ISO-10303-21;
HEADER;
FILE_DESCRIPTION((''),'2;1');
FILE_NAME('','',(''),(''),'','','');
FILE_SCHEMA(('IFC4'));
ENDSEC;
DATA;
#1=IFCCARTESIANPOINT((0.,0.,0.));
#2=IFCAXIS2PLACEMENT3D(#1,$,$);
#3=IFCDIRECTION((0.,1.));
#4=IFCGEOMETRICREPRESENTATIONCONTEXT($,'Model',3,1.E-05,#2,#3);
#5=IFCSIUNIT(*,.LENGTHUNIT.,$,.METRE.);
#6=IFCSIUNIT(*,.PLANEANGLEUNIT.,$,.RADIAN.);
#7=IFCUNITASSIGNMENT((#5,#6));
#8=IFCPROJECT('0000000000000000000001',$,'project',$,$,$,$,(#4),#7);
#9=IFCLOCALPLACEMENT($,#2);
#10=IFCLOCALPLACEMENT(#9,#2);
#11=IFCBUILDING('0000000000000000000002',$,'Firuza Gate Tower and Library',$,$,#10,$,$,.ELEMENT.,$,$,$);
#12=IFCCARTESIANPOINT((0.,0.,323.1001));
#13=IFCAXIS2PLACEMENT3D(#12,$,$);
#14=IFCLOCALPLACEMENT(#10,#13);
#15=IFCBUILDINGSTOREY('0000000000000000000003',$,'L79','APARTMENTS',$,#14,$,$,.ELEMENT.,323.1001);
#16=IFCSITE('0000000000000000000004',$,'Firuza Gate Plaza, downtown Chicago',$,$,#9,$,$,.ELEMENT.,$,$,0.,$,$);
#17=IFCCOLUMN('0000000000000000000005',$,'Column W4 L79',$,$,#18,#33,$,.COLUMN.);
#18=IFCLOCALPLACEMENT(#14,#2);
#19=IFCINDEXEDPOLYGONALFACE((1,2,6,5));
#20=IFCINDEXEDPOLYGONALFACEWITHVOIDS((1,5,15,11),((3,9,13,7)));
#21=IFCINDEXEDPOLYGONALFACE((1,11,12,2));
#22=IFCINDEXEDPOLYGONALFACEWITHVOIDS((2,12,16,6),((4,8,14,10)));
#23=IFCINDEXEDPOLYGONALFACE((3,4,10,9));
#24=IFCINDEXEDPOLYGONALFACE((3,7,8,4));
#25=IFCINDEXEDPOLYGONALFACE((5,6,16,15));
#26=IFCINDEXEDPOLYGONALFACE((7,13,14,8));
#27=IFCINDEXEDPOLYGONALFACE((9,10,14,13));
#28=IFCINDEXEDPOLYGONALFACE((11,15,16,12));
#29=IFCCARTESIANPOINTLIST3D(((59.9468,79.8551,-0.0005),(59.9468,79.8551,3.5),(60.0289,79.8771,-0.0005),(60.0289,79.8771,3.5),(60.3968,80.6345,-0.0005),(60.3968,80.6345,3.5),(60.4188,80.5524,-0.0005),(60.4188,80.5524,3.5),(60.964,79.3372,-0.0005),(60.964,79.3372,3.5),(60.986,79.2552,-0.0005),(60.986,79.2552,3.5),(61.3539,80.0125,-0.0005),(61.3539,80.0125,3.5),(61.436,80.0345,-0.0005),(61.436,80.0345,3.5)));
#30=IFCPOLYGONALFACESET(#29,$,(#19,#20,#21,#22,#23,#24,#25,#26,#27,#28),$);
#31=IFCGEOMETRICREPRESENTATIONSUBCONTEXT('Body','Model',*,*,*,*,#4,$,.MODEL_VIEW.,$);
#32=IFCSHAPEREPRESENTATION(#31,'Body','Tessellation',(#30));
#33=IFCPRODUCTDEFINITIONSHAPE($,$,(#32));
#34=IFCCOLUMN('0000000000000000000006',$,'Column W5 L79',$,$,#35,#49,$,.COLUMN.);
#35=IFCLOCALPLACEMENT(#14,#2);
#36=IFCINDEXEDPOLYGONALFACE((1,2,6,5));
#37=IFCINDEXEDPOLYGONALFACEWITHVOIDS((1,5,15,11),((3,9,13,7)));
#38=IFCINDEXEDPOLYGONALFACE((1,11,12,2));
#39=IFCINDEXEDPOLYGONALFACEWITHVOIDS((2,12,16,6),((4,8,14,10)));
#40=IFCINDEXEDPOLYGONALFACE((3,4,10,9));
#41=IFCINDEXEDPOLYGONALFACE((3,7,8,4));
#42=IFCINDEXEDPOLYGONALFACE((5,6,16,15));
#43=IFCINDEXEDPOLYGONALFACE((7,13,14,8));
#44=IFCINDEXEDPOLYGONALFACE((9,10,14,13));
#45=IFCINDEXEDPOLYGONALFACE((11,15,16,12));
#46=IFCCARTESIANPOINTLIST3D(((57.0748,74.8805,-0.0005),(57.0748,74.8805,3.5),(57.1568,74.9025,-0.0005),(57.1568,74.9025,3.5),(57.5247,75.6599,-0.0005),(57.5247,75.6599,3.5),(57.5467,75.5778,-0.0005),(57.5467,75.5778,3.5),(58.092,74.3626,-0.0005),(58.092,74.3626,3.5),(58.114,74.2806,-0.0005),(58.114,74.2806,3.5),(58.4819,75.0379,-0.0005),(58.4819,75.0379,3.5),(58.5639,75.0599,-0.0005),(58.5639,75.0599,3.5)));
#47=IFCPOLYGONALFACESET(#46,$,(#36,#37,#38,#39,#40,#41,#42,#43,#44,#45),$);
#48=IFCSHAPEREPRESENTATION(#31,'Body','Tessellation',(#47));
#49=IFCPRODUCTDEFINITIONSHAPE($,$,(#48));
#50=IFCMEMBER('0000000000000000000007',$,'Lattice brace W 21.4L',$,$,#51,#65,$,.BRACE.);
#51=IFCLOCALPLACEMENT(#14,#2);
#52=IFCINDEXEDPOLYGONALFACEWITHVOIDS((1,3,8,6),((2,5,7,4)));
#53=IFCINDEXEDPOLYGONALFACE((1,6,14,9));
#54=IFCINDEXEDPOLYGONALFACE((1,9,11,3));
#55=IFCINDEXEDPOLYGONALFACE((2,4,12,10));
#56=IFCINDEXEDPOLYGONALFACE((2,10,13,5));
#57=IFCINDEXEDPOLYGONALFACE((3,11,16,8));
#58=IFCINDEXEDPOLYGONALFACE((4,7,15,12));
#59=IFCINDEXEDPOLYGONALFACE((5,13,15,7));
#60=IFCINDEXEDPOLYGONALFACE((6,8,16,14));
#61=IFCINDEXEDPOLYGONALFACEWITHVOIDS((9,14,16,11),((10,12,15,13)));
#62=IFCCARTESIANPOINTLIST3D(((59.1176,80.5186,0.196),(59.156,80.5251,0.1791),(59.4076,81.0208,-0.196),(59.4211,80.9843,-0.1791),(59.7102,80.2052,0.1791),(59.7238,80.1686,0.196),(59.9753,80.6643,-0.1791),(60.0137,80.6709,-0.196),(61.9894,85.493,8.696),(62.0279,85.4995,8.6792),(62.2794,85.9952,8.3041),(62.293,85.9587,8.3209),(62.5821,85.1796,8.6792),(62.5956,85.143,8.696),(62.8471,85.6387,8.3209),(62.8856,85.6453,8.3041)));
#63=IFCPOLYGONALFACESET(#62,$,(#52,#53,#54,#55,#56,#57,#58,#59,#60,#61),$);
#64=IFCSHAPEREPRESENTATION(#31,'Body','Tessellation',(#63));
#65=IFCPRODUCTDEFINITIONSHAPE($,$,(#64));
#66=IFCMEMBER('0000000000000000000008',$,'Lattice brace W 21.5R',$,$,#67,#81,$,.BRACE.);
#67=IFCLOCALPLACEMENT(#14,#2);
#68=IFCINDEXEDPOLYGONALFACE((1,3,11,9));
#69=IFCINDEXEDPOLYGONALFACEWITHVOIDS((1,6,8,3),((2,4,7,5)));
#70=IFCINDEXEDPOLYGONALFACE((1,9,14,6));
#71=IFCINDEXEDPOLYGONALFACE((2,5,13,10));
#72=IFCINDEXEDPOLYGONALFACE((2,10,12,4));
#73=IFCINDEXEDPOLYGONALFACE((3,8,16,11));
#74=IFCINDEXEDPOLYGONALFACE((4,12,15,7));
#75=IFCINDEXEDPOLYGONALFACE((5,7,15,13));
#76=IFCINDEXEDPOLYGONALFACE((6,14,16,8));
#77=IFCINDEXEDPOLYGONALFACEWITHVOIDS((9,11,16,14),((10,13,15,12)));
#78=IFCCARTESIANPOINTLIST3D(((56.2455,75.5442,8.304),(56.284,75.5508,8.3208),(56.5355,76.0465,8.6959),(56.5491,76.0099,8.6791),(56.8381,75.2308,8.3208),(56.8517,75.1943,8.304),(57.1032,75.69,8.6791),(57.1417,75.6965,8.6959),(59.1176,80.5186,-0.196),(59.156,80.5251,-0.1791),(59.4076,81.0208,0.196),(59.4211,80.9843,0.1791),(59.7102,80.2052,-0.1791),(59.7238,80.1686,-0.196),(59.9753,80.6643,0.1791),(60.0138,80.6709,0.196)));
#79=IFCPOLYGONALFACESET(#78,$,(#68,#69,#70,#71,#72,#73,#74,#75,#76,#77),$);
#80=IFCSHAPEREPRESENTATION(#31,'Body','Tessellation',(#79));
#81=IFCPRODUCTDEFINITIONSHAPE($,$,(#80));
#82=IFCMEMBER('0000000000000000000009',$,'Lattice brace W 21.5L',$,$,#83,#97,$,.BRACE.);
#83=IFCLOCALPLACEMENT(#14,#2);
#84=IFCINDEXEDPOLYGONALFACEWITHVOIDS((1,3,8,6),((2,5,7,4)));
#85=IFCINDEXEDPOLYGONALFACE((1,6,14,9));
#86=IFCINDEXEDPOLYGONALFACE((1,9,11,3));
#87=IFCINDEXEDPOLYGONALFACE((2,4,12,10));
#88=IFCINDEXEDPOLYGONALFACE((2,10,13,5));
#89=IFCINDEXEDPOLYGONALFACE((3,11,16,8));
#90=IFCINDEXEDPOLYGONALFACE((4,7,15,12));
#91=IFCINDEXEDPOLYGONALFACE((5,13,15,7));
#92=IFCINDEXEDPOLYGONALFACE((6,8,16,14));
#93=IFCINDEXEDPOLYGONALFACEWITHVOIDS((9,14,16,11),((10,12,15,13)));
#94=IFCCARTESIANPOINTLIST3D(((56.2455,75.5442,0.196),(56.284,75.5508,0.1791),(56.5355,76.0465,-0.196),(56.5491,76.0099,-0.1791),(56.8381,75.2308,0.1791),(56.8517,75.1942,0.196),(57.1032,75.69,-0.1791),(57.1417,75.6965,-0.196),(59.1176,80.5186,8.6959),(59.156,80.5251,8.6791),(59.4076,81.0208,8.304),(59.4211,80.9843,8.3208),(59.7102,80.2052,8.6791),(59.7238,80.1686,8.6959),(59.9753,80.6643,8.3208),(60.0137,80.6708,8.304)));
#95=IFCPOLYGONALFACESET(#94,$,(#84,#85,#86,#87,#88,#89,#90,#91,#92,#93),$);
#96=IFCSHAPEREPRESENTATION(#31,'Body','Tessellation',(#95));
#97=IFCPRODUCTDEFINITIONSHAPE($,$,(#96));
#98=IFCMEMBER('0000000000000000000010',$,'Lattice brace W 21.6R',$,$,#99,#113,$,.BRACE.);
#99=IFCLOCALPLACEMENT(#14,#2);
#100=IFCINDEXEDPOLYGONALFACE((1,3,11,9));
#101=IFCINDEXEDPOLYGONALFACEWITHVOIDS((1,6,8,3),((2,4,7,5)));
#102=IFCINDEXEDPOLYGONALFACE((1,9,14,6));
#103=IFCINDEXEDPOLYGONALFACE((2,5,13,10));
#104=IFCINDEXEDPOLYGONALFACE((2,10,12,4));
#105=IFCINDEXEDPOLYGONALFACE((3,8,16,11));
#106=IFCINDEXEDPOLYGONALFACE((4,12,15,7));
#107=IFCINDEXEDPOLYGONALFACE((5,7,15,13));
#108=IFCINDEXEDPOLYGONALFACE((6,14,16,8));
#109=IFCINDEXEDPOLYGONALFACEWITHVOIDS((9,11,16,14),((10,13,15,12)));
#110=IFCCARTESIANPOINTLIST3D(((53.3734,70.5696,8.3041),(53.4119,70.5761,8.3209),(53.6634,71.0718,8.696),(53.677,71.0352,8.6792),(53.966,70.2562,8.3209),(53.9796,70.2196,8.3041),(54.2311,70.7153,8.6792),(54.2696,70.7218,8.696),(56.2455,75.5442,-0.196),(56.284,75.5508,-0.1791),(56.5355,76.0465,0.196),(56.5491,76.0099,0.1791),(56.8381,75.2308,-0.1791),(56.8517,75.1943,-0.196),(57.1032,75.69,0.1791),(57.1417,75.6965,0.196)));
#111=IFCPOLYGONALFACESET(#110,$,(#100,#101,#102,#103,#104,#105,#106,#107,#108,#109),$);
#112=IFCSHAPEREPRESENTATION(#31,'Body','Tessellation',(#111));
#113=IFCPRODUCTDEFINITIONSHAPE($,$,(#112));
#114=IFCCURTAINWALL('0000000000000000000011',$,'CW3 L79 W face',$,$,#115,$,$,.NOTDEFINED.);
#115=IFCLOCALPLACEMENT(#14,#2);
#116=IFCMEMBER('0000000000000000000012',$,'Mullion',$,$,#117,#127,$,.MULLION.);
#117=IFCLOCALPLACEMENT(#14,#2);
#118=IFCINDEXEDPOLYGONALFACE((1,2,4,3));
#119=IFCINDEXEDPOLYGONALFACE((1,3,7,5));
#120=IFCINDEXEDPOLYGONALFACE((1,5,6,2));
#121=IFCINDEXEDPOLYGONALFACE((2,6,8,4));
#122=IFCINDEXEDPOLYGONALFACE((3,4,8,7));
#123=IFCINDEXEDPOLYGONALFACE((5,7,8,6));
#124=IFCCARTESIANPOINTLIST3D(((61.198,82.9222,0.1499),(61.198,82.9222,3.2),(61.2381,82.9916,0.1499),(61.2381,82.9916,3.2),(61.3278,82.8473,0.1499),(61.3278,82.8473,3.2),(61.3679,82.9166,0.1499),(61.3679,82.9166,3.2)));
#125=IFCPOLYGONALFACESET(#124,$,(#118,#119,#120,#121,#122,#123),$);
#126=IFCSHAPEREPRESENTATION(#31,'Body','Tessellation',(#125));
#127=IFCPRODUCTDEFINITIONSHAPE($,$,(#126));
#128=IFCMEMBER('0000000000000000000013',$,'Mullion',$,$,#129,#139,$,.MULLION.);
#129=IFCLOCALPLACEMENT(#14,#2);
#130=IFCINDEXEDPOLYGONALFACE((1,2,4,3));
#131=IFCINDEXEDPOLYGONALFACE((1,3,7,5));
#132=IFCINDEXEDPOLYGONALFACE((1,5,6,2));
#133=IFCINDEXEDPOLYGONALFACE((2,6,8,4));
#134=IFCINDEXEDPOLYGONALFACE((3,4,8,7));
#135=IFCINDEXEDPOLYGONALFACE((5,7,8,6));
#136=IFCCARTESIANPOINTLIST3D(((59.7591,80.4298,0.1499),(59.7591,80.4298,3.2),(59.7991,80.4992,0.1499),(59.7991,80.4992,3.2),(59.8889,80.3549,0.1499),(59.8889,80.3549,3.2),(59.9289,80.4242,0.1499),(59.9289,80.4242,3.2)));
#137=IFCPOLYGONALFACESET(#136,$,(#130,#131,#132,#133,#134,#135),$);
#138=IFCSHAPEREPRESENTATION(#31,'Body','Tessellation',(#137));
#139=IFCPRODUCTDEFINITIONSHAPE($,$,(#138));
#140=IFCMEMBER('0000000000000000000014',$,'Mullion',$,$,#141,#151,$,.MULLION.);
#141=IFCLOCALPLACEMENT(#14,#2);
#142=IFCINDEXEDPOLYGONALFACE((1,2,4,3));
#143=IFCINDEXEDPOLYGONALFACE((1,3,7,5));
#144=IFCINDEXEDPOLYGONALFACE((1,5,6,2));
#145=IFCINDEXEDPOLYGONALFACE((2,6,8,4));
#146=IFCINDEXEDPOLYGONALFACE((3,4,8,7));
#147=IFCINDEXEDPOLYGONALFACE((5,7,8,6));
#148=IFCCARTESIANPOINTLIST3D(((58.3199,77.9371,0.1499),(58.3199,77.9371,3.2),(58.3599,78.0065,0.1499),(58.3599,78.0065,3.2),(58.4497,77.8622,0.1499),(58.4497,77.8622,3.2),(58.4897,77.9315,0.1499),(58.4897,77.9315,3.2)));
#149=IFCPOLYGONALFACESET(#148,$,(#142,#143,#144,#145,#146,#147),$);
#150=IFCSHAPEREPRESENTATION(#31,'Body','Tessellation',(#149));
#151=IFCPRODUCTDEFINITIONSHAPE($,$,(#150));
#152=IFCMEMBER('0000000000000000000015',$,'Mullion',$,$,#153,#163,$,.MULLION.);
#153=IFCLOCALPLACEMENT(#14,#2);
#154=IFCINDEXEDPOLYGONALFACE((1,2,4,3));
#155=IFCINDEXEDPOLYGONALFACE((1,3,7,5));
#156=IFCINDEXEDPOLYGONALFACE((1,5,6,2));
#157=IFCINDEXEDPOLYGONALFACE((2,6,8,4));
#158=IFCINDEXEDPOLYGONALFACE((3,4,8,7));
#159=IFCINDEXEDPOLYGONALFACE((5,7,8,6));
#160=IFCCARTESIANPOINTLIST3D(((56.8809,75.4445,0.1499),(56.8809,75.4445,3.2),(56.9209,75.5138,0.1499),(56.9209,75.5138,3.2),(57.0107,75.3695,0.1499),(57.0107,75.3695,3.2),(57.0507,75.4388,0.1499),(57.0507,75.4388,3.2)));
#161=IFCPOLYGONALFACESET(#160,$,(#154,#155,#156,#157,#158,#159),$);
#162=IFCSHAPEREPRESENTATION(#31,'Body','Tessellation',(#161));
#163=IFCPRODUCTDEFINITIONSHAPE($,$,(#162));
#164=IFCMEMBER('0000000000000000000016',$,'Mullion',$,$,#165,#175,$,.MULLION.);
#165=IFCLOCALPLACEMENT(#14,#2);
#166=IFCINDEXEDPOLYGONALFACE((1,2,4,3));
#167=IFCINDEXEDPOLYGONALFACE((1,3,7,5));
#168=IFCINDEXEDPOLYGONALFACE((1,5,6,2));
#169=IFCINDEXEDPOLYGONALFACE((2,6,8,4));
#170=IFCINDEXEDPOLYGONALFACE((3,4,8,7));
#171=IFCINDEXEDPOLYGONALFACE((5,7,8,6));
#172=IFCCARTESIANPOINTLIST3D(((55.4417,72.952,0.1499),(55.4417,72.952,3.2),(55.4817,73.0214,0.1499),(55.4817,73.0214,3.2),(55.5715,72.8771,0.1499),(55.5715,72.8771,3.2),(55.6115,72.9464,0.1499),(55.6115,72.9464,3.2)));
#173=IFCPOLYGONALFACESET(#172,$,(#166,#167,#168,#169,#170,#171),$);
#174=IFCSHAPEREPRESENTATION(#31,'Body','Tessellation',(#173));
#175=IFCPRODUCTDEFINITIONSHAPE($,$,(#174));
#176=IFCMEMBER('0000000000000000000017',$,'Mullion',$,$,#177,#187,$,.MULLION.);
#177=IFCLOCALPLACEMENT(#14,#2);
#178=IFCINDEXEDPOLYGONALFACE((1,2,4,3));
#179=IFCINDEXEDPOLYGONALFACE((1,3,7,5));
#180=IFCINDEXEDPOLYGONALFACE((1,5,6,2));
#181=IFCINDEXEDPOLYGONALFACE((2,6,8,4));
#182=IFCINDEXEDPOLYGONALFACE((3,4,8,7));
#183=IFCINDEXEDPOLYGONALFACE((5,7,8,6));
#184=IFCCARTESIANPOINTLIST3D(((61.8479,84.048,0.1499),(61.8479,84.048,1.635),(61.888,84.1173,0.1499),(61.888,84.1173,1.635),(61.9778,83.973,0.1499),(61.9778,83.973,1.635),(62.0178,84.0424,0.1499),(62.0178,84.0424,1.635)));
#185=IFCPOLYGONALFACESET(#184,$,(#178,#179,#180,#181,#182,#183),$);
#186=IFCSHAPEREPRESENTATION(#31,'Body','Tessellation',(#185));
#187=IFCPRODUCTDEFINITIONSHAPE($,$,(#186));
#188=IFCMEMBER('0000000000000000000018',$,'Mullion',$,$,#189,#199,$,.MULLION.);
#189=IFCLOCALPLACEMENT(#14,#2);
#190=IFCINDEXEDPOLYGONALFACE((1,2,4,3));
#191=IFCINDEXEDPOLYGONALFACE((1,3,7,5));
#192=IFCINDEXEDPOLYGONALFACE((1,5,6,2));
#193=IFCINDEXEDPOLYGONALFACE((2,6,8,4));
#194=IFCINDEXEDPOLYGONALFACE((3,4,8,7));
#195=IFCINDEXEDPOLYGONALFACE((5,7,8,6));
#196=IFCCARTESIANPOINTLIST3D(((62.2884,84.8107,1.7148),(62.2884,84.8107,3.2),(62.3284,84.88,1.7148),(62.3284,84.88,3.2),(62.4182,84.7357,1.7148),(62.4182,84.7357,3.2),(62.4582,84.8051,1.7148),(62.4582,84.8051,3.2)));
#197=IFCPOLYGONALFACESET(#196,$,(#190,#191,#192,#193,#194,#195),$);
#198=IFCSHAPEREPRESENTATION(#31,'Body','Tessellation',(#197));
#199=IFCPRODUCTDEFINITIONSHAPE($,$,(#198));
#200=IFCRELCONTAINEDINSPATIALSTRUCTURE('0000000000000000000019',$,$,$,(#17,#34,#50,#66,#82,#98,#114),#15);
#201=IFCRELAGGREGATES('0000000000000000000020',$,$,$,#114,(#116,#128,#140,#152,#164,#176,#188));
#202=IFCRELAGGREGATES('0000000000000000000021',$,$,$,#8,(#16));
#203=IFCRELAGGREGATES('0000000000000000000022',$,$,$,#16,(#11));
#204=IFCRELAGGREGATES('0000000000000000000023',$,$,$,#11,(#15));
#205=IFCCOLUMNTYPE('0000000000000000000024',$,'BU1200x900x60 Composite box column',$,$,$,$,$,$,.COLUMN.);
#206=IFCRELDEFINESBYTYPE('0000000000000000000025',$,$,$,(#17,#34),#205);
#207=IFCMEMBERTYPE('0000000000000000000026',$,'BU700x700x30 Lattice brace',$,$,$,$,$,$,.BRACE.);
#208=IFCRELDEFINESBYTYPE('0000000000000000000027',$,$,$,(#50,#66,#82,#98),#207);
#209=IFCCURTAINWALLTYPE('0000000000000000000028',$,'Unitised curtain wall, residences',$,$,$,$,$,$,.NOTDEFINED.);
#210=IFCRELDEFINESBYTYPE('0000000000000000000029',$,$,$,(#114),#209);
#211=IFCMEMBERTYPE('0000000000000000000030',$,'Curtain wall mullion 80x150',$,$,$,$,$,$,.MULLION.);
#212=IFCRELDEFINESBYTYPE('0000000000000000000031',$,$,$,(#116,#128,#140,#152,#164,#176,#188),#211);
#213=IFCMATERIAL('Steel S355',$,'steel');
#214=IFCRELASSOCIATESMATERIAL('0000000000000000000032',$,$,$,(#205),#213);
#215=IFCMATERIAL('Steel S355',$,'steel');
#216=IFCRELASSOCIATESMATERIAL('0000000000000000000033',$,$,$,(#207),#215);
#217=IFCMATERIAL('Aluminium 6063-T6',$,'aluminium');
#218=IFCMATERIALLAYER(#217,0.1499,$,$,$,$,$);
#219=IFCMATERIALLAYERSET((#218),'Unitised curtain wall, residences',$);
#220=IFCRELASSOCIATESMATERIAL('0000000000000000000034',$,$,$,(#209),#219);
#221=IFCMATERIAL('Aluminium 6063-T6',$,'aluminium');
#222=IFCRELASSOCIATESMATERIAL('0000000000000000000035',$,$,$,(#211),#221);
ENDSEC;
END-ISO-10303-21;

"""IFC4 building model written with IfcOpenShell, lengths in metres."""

from ifc_helpers import new_model, si_unit, direction, frame, origin, origin_2d, place, context, subcontext, project, spatial, rectangle, hollow_rectangle, extrude, material, layer, layer_set, material_profile, profile_set, type_object, element, aggregate, save


model = new_model("IFC4")

# Units and contexts
model_context = context("Model", 3, precision=1e-05, world=origin(), true_north=direction((0.0, 1.0)))
body_context = subcontext(model_context, "Body", "Model", "MODEL_VIEW")
ifc_project = project(units=[si_unit("LENGTHUNIT", "METRE"), si_unit("PLANEANGLEUNIT", "RADIAN")], contexts=[model_context])

# Site, building, storey
site_placement = place(None, origin())
site = spatial("IfcSite", under=ifc_project, at=site_placement, Name="Firuza Gate Plaza, downtown Chicago", CompositionType="ELEMENT", RefElevation=0.0)
building_placement = place(site_placement, origin())
building = spatial("IfcBuilding", under=site, at=building_placement, Name="Firuza Gate Tower and Library", CompositionType="ELEMENT")
storey_placement = place(building_placement, frame((0.0, 0.0, 323.1001)))
storey = spatial("IfcBuildingStorey", under=building, at=storey_placement, Name="L79", Description="APARTMENTS", CompositionType="ELEMENT", Elevation=323.1001)

# Columns
ifc_material_1 = material(Name="Steel S355", Category="steel")
ifc_material_profile_1 = material_profile(ifc_material_1, hollow_rectangle(XDim=0.8999, YDim=1.2, WallThickness=0.0601, at=origin_2d()))
ifc_profile_set_1 = profile_set([ifc_material_profile_1], Name="Steel S355")
column_type = type_object("IfcColumnType", Name="BU1200x900x60 Composite box column", PredefinedType="COLUMN", material=ifc_profile_set_1)
for number, where, z_axis, x_axis, name in (
    (1, (60.6914, 79.9448, -0.0005), (0.0, 0.0, 1.0), (-0.5, -0.866025, 0.0), "Column W4 L79"),
    (2, (57.8193, 74.9702, -0.0005), (0.0, 0.0, 1.0), (-0.5, -0.866025, 0.0), "Column W5 L79"),
):
    element("IfcColumn", number, at=place(storey_placement, frame(where, z_axis=z_axis, x_axis=x_axis)), inside=storey, type_object=column_type, Name=name, PredefinedType="COLUMN", context=body_context, shape_type="SweptSolid", body=[
        extrude(hollow_rectangle(XDim=0.8999, YDim=1.2, WallThickness=0.0601, at=origin_2d()), origin(), (0.0, 0.0, 1.0), 3.5005),
    ])

# Members
ifc_material_2 = material(Name="Steel S355", Category="steel")
ifc_material_profile_2 = material_profile(ifc_material_2, hollow_rectangle(XDim=0.7, YDim=0.7, WallThickness=0.03, at=origin_2d()))
ifc_profile_set_2 = profile_set([ifc_material_profile_2], Name="Steel S355")
member_type_1 = type_object("IfcMemberType", Name="BU700x700x30 Lattice brace", PredefinedType="BRACE", material=ifc_profile_set_2)
for number, where, z_axis, x_axis, name in (
    (3, (59.5657, 80.5947, 0.0), (0.27994, 0.484891, 0.828562), (-0.866035, 0.499984, 0.0), "Lattice brace W 21.4L"),
    (4, (59.5657, 80.5947, 0.0), (-0.279961, -0.484887, 0.828556), (0.866016, -0.500016, 0.0), "Lattice brace W 21.5R"),
    (5, (56.6936, 75.6204, 0.0), (0.279961, 0.484887, 0.828556), (-0.866016, 0.500016, 0.0), "Lattice brace W 21.5L"),
):
    element("IfcMember", number, at=place(storey_placement, frame(where, z_axis=z_axis, x_axis=x_axis)), inside=storey, type_object=member_type_1, Name=name, PredefinedType="BRACE", context=body_context, shape_type="SweptSolid", body=[
        extrude(hollow_rectangle(XDim=0.7, YDim=0.7, WallThickness=0.03, at=origin_2d()), origin(), (0.0, 0.0, 1.0), 10.2588),
    ])
member_1_placement = place(storey_placement, frame((56.6936, 75.6204, 0.0), z_axis=(-0.279958, -0.484906, 0.828547), x_axis=(0.866027, -0.499997, 0.0)))
element("IfcMember", 6, at=member_1_placement, inside=storey, type_object=member_type_1, Name="Lattice brace W 21.6R", PredefinedType="BRACE", context=body_context, shape_type="SweptSolid", body=[
    extrude(hollow_rectangle(XDim=0.7, YDim=0.7, WallThickness=0.03, at=origin_2d()), origin(), (0.0, 0.0, 1.0), 10.259),
])

# Curtain wall, members
ifc_material_3 = material(Name="Aluminium 6063-T6", Category="aluminium")
ifc_layer_1 = layer(ifc_material_3, 0.1499)
ifc_layer_set_1 = layer_set([ifc_layer_1], Name="Unitised curtain wall, residences")
curtain_wall_type = type_object("IfcCurtainWallType", Name="Unitised curtain wall, residences", PredefinedType="NOTDEFINED", material=ifc_layer_set_1)
curtain_wall_placement = place(storey_placement, origin())
curtain_wall = element("IfcCurtainWall", 7, at=curtain_wall_placement, inside=storey, type_object=curtain_wall_type, Name="CW3 L79 W face", PredefinedType="NOTDEFINED")
ifc_material_4 = material(Name="Aluminium 6063-T6", Category="aluminium")
ifc_material_profile_3 = material_profile(ifc_material_4, rectangle(XDim=0.1499, YDim=0.0801, at=origin_2d()))
ifc_profile_set_3 = profile_set([ifc_material_profile_3], Name="Aluminium 6063-T6")
member_type_2 = type_object("IfcMemberType", Name="Curtain wall mullion 80x150", PredefinedType="MULLION", material=ifc_profile_set_3)
member_2_placement = place(storey_placement, frame((61.283, 82.9194, 0.1499), z_axis=(0.0, 0.0, 1.0), x_axis=(0.866025, -0.5, 0.0)))
member_2 = element("IfcMember", 8, at=member_2_placement, type_object=member_type_2, Name="Mullion", PredefinedType="MULLION", context=body_context, shape_type="SweptSolid", body=[
    extrude(rectangle(XDim=0.1499, YDim=0.0801, at=origin_2d()), origin(), (0.0, 0.0, 1.0), 3.05),
])
member_3_placement = place(storey_placement, frame((59.844, 80.427, 0.1499), z_axis=(0.0, 0.0, 1.0), x_axis=(0.866025, -0.5, 0.0)))
member_3 = element("IfcMember", 9, at=member_3_placement, type_object=member_type_2, Name="Mullion", PredefinedType="MULLION", context=body_context, shape_type="SweptSolid", body=[
    extrude(rectangle(XDim=0.1499, YDim=0.0801, at=origin_2d()), origin(), (0.0, 0.0, 1.0), 3.05),
])
member_4_placement = place(storey_placement, frame((58.4048, 77.9343, 0.1499), z_axis=(0.0, 0.0, 1.0), x_axis=(0.866025, -0.5, 0.0)))
member_4 = element("IfcMember", 10, at=member_4_placement, type_object=member_type_2, Name="Mullion", PredefinedType="MULLION", context=body_context, shape_type="SweptSolid", body=[
    extrude(rectangle(XDim=0.1499, YDim=0.0801, at=origin_2d()), origin(), (0.0, 0.0, 1.0), 3.05),
])
member_5_placement = place(storey_placement, frame((56.9658, 75.4417, 0.1499), z_axis=(0.0, 0.0, 1.0), x_axis=(0.866025, -0.5, 0.0)))
member_5 = element("IfcMember", 11, at=member_5_placement, type_object=member_type_2, Name="Mullion", PredefinedType="MULLION", context=body_context, shape_type="SweptSolid", body=[
    extrude(rectangle(XDim=0.1499, YDim=0.0801, at=origin_2d()), origin(), (0.0, 0.0, 1.0), 3.05),
])
member_6_placement = place(storey_placement, frame((55.5266, 72.9492, 0.1499), z_axis=(0.0, 0.0, 1.0), x_axis=(0.866025, -0.5, 0.0)))
member_6 = element("IfcMember", 12, at=member_6_placement, type_object=member_type_2, Name="Mullion", PredefinedType="MULLION", context=body_context, shape_type="SweptSolid", body=[
    extrude(rectangle(XDim=0.1499, YDim=0.0801, at=origin_2d()), origin(), (0.0, 0.0, 1.0), 3.05),
])
member_7_placement = place(storey_placement, frame((61.9329, 84.0452, 0.1499), z_axis=(0.0, 0.0, 1.0), x_axis=(0.866025, -0.5, 0.0)))
member_7 = element("IfcMember", 13, at=member_7_placement, type_object=member_type_2, Name="Mullion", PredefinedType="MULLION", context=body_context, shape_type="SweptSolid", body=[
    extrude(rectangle(XDim=0.1499, YDim=0.0801, at=origin_2d()), origin(), (0.0, 0.0, 1.0), 1.4851),
])
member_8_placement = place(storey_placement, frame((62.3733, 84.8079, 1.7148), z_axis=(0.0, 0.0, 1.0), x_axis=(0.866025, -0.5, 0.0)))
member_8 = element("IfcMember", 14, at=member_8_placement, type_object=member_type_2, Name="Mullion", PredefinedType="MULLION", context=body_context, shape_type="SweptSolid", body=[
    extrude(rectangle(XDim=0.1499, YDim=0.0801, at=origin_2d()), origin(), (0.0, 0.0, 1.0), 1.4851),
])

aggregate(curtain_wall, [member_2, member_3, member_4, member_5, member_6, member_7, member_8])

save(model, "model.ifc")
